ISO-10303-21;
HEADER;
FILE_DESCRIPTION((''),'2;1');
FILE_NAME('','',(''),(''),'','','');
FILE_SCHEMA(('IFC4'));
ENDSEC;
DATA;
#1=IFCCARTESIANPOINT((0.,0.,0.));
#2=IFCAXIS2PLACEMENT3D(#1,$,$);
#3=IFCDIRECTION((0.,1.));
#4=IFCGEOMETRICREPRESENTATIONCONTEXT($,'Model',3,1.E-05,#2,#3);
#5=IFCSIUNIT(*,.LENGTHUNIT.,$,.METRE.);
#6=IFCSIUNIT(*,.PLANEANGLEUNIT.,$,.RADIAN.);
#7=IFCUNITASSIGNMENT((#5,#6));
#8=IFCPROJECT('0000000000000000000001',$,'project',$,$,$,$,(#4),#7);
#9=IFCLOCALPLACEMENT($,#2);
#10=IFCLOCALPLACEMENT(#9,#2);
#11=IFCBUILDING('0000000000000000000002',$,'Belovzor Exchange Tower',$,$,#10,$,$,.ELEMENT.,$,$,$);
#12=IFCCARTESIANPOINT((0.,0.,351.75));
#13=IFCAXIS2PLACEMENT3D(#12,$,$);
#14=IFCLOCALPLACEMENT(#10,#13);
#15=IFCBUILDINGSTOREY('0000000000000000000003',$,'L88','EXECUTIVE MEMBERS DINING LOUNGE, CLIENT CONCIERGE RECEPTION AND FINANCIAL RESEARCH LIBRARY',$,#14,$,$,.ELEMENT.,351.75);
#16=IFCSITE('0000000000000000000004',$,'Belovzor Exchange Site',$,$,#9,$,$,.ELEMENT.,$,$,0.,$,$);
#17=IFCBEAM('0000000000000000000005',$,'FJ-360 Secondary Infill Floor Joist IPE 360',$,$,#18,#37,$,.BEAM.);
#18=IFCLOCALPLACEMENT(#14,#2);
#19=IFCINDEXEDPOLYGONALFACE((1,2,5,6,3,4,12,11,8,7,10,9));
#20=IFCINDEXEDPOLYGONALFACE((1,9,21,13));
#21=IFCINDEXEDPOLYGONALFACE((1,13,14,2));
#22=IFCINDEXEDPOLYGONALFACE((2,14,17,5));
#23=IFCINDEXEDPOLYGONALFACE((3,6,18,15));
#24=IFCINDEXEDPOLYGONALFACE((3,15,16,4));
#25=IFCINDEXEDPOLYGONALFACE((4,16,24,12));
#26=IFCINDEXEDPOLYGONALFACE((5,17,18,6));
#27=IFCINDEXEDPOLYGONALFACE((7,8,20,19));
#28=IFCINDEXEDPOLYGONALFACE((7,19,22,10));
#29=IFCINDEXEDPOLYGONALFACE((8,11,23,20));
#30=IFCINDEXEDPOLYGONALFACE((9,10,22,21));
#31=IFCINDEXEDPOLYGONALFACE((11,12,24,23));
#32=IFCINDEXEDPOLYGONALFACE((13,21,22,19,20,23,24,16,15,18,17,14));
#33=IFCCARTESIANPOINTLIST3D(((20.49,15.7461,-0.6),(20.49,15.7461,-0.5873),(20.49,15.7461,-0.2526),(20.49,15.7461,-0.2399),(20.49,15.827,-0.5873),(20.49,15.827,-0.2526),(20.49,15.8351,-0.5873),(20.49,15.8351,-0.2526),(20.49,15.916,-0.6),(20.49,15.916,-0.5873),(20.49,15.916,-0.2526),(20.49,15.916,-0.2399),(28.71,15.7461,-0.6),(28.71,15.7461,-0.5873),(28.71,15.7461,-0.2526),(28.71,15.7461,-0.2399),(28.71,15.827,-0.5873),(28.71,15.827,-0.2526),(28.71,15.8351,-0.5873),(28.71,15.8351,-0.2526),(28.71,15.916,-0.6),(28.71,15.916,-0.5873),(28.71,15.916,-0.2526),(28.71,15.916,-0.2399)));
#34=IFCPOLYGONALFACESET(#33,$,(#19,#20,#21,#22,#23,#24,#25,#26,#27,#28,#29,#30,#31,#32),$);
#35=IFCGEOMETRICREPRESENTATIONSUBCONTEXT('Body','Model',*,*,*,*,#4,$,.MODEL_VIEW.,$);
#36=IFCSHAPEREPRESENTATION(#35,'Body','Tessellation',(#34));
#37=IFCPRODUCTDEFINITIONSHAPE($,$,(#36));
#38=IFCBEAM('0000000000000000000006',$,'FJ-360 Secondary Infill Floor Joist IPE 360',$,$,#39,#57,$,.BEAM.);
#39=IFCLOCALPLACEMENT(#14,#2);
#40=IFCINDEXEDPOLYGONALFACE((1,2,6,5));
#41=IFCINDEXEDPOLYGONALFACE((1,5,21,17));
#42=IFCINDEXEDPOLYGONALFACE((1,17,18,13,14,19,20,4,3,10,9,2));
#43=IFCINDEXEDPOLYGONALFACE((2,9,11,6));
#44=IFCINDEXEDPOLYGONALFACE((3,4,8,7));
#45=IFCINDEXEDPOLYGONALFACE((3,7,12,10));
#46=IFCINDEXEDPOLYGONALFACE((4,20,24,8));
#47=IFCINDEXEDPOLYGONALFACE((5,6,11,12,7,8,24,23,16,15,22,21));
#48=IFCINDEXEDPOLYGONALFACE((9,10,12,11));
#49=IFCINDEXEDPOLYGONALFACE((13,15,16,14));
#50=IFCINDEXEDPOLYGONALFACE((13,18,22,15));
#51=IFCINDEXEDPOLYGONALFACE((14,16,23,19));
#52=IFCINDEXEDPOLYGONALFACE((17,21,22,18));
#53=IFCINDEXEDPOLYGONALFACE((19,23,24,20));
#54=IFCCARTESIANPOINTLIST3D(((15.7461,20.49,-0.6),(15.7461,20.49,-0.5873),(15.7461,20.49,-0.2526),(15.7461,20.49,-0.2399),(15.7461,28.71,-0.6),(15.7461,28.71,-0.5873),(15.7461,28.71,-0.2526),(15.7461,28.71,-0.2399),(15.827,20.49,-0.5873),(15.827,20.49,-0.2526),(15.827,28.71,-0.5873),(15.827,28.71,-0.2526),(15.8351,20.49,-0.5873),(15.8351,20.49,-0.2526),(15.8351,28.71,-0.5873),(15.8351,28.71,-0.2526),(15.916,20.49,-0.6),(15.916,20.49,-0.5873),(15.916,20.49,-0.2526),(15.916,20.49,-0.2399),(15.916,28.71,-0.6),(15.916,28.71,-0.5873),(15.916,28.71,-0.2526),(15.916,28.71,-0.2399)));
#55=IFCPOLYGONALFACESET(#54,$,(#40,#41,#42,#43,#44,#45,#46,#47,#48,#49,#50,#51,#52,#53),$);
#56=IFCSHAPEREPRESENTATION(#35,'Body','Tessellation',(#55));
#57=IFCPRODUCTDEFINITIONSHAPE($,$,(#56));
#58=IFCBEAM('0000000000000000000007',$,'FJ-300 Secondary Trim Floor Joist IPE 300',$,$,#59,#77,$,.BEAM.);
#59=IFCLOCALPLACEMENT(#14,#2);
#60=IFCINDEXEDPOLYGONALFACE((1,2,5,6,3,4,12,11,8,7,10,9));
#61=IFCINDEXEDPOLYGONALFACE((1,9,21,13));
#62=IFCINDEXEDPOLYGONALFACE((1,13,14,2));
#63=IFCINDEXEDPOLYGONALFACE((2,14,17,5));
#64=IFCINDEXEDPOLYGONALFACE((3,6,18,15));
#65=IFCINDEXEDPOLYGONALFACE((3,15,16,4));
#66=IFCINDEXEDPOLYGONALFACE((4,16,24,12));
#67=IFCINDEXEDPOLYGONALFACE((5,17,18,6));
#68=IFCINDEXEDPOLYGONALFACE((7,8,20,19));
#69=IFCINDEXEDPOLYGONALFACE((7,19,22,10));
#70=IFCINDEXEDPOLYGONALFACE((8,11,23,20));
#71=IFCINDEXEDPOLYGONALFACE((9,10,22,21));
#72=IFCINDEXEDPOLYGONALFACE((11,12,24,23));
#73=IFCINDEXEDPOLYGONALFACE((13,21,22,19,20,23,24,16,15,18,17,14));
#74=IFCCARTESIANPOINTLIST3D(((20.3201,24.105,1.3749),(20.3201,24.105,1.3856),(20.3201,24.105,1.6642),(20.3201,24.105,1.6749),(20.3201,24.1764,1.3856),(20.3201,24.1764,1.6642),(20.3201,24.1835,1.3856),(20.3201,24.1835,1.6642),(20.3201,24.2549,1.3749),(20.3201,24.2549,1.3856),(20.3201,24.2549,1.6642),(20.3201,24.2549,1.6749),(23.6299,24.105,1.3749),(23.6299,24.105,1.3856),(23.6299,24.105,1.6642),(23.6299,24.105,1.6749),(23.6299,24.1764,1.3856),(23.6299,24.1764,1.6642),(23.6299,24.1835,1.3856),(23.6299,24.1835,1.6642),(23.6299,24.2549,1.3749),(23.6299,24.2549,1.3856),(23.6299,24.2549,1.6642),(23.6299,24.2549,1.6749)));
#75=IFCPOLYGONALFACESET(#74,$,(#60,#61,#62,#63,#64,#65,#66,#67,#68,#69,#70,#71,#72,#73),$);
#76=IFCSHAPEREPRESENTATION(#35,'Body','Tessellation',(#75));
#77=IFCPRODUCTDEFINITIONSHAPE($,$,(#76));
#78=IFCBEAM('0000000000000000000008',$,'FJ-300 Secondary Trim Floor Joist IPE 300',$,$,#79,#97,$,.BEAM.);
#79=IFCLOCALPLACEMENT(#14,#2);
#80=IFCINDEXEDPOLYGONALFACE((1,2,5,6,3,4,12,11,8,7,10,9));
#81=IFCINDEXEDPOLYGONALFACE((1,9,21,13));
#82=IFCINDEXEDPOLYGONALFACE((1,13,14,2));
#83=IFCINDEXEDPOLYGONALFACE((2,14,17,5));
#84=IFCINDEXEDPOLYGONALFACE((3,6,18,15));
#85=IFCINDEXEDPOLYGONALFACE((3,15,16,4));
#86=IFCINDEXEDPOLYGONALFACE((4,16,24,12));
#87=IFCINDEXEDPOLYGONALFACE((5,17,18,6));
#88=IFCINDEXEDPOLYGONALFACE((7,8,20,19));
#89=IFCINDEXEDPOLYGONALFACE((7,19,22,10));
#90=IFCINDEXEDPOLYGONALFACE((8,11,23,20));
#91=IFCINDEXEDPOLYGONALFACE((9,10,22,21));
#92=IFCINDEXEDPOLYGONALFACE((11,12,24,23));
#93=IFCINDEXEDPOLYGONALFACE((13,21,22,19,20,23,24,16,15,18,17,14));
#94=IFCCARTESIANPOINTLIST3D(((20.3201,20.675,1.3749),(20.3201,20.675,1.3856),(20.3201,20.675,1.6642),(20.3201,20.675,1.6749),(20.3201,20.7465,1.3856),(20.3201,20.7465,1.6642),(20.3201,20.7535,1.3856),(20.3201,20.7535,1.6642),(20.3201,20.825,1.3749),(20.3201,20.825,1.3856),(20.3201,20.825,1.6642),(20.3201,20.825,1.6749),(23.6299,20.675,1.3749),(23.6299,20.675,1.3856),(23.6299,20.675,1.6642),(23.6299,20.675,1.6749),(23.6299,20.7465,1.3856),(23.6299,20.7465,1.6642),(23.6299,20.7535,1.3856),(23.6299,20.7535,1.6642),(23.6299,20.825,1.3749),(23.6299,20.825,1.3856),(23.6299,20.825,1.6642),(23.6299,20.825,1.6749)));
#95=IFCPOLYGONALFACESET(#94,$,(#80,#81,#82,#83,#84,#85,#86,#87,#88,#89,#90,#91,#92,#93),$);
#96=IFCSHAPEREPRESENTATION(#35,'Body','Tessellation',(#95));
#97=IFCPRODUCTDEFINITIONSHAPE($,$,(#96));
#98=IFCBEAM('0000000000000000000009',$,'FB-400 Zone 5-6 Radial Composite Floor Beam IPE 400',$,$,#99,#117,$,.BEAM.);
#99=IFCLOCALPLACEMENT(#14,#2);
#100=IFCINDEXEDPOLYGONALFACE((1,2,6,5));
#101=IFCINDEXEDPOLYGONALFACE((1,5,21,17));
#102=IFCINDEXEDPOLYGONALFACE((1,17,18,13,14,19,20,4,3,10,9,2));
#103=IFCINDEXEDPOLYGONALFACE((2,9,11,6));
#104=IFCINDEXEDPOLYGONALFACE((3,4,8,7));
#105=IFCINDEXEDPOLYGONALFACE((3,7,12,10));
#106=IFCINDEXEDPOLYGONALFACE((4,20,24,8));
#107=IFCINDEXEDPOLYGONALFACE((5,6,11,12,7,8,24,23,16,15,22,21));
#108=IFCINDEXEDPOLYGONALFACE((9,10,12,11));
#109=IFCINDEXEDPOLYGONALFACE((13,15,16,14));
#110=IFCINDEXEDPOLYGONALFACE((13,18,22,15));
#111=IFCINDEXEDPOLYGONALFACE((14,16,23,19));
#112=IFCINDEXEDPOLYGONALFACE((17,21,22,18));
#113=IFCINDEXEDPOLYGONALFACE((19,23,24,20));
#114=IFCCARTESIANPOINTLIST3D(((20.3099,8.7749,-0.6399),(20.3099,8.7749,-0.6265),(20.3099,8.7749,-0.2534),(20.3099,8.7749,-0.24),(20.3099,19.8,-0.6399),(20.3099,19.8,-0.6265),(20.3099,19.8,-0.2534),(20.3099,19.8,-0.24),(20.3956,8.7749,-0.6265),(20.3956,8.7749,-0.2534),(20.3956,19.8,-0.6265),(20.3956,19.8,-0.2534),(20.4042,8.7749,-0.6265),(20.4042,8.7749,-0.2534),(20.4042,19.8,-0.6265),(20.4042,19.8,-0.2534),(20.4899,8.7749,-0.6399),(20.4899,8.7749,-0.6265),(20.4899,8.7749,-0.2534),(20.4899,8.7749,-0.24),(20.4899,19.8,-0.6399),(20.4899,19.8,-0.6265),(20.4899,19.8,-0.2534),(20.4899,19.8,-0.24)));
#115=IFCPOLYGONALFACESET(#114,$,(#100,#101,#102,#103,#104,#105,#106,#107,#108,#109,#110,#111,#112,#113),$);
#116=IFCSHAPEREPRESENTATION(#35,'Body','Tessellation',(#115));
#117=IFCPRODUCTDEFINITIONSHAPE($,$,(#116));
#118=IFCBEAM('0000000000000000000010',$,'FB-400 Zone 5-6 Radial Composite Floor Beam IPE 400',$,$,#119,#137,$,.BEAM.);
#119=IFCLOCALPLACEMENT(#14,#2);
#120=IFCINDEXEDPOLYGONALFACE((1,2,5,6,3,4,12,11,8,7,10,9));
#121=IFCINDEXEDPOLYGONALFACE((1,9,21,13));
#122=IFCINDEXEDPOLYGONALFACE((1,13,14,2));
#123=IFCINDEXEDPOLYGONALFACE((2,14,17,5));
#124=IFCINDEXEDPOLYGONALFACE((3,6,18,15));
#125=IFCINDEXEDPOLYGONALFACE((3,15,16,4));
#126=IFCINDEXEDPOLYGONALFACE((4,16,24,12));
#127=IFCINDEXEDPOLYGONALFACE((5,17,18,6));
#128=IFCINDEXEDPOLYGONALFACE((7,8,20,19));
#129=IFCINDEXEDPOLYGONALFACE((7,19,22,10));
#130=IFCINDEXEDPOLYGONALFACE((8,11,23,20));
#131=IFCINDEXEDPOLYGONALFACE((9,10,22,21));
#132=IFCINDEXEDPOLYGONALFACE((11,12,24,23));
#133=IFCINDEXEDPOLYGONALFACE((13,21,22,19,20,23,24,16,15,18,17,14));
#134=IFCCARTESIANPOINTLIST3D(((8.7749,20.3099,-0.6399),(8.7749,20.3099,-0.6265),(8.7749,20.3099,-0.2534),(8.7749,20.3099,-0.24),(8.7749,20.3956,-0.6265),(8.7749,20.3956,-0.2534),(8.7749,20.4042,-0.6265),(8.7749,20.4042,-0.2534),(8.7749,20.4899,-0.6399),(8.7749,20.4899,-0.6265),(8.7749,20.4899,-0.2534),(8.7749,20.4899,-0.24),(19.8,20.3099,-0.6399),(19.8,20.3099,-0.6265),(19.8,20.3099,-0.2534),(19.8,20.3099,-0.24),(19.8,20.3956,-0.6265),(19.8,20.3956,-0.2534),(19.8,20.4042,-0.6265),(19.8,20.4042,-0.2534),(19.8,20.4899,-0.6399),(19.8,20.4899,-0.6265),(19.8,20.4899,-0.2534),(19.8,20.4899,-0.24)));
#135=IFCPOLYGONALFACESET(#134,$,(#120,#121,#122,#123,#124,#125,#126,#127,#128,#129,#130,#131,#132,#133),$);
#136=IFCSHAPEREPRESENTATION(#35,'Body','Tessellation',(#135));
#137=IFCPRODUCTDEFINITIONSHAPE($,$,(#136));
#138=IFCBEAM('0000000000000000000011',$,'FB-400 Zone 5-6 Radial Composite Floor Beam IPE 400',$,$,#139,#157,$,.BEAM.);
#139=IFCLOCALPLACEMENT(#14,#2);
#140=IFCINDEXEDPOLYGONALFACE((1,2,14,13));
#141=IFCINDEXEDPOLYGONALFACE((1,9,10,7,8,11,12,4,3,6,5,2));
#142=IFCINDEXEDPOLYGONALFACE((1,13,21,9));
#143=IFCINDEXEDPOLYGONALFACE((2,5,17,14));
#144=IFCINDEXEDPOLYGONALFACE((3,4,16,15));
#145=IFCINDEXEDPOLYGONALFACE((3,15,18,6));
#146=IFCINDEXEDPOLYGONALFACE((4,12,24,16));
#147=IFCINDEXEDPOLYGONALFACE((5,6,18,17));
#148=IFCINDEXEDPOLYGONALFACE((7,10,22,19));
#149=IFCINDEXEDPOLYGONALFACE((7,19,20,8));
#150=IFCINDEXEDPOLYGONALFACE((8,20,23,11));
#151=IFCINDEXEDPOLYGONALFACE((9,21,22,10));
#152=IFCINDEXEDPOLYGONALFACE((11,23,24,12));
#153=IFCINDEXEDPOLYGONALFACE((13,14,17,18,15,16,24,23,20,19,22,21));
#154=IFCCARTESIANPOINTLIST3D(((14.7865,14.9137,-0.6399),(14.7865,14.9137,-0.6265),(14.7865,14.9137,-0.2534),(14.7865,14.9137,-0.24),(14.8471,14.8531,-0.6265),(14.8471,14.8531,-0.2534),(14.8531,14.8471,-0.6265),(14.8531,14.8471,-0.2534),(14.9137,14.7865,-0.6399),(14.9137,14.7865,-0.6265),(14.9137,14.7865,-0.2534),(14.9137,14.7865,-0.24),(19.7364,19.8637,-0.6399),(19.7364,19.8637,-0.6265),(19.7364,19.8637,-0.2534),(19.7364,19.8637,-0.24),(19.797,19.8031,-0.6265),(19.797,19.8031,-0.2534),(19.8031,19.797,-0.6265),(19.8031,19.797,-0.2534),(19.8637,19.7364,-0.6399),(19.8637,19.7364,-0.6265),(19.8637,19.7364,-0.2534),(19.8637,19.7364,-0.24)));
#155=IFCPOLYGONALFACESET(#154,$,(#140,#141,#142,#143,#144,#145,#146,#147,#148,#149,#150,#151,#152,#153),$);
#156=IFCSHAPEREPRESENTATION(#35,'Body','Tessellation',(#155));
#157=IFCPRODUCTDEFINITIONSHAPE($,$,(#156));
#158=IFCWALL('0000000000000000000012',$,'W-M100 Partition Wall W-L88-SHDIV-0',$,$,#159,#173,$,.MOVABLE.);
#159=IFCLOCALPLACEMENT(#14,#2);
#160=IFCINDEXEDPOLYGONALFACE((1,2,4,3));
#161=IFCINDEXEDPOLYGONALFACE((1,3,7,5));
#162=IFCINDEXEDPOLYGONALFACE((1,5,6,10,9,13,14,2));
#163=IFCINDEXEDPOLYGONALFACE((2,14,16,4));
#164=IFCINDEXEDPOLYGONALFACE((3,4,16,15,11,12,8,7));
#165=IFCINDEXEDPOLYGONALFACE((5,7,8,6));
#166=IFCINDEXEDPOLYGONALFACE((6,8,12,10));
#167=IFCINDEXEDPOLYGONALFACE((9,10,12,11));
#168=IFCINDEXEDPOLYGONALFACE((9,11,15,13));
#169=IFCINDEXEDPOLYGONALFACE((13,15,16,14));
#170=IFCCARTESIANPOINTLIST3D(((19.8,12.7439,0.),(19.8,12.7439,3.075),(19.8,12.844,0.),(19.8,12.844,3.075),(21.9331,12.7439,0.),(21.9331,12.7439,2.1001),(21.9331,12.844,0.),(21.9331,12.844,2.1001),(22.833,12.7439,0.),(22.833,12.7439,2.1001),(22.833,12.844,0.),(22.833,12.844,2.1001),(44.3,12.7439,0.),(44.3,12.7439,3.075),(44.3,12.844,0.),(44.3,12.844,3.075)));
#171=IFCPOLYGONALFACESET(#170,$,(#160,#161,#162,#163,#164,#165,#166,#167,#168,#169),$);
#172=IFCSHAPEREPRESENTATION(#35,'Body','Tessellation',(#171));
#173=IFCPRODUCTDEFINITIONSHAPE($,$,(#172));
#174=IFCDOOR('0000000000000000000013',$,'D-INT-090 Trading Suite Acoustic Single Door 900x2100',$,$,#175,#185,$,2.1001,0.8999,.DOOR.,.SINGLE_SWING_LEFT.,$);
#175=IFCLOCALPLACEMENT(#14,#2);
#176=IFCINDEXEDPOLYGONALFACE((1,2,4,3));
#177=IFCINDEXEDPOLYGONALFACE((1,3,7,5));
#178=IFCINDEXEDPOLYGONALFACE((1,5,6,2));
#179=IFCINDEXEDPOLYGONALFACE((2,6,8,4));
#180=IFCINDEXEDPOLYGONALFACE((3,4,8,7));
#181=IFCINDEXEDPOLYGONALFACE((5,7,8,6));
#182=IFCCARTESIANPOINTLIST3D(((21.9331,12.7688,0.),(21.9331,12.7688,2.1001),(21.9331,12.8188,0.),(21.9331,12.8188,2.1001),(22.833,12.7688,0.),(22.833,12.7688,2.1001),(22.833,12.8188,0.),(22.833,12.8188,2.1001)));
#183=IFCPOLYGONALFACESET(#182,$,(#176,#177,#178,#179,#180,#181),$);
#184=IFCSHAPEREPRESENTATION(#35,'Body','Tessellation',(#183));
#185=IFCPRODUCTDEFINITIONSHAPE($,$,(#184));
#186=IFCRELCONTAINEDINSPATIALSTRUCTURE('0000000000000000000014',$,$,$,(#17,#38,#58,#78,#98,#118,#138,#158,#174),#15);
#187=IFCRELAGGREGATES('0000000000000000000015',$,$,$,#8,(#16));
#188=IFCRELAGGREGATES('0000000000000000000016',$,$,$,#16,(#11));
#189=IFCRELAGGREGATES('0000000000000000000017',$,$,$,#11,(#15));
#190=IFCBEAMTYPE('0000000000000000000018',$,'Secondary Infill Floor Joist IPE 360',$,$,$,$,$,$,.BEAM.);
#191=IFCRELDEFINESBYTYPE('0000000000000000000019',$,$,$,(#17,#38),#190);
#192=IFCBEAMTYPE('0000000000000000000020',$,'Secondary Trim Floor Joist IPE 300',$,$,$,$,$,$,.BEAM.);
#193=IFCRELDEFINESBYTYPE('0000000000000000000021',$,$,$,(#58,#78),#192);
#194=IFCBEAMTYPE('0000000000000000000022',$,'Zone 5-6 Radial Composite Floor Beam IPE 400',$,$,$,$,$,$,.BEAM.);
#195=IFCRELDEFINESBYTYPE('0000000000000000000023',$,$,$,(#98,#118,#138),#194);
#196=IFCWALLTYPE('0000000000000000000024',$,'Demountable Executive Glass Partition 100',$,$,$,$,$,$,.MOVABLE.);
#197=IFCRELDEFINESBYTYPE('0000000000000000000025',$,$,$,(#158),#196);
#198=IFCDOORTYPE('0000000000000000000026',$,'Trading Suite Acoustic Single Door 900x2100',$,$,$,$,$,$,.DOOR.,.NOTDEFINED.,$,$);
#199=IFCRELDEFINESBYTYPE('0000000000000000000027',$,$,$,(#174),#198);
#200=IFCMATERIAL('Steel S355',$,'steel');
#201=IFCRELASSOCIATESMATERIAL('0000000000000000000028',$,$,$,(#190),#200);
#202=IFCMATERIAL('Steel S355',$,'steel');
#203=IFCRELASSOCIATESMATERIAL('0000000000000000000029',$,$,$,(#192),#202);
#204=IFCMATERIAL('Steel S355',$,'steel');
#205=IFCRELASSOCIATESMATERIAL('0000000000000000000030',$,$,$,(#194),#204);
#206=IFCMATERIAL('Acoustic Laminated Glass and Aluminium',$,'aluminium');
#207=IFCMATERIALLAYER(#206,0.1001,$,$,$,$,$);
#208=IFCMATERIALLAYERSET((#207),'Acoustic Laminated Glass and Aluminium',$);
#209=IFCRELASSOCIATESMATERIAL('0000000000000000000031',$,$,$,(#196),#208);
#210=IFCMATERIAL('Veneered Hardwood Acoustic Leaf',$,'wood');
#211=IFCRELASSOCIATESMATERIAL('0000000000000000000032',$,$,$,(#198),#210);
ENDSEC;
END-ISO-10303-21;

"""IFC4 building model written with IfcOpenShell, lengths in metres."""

from ifc_helpers import new_model, si_unit, direction, frame, frame_2d, origin, origin_2d, place, context, subcontext, project, spatial, rectangle, i_section, extrude, material, layer, layer_set, material_profile, profile_set, type_object, element, fill, save


model = new_model("IFC4")

# Units and contexts
model_context = context("Model", 3, precision=1e-05, world=origin(), true_north=direction((0.0, 1.0)))
body_context = subcontext(model_context, "Body", "Model", "MODEL_VIEW")
ifc_project = project(units=[si_unit("LENGTHUNIT", "METRE"), si_unit("PLANEANGLEUNIT", "RADIAN")], contexts=[model_context])

# Site, building, storey
site_placement = place(None, origin())
site = spatial("IfcSite", under=ifc_project, at=site_placement, Name="Belovzor Exchange Site", CompositionType="ELEMENT", RefElevation=0.0)
building_placement = place(site_placement, origin())
building = spatial("IfcBuilding", under=site, at=building_placement, Name="Belovzor Exchange Tower", CompositionType="ELEMENT")
storey_placement = place(building_placement, frame((0.0, 0.0, 351.75)))
storey = spatial("IfcBuildingStorey", under=building, at=storey_placement, Name="L88", Description="EXECUTIVE MEMBERS DINING LOUNGE, CLIENT CONCIERGE RECEPTION AND FINANCIAL RESEARCH LIBRARY", CompositionType="ELEMENT", Elevation=351.75)

# Beams
ifc_material_1 = material(Name="Steel S355", Category="steel")
ifc_material_profile_1 = material_profile(ifc_material_1, i_section(OverallWidth=0.1699, OverallDepth=0.3601, WebThickness=0.0081, FlangeThickness=0.0127, at=origin_2d()))
ifc_profile_set_1 = profile_set([ifc_material_profile_1], Name="Steel S355")
beam_type_1 = type_object("IfcBeamType", Name="Secondary Infill Floor Joist IPE 360", PredefinedType="BEAM", material=ifc_profile_set_1)
for number, where, z_axis, x_axis, name in (
    (1, (20.49, 15.8311, -0.4199), (1.0, 0.0, 0.0), (0.0, 1.0, 0.0), "FJ-360 Secondary Infill Floor Joist IPE 360"),
    (2, (15.8311, 20.49, -0.4199), (0.0, 1.0, 0.0), (-1.0, 0.0, 0.0), "FJ-360 Secondary Infill Floor Joist IPE 360"),
):
    element("IfcBeam", number, at=place(storey_placement, frame(where, z_axis=z_axis, x_axis=x_axis)), inside=storey, type_object=beam_type_1, Name=name, PredefinedType="BEAM", context=body_context, shape_type="SweptSolid", body=[
        extrude(i_section(OverallWidth=0.1699, OverallDepth=0.3601, WebThickness=0.0081, FlangeThickness=0.0127, at=origin_2d()), origin(), (0.0, 0.0, 1.0), 8.22),
    ])
ifc_material_2 = material(Name="Steel S355", Category="steel")
ifc_material_profile_2 = material_profile(ifc_material_2, i_section(OverallWidth=0.1499, OverallDepth=0.3, WebThickness=0.0071, FlangeThickness=0.0107, at=origin_2d()))
ifc_profile_set_2 = profile_set([ifc_material_profile_2], Name="Steel S355")
beam_type_2 = type_object("IfcBeamType", Name="Secondary Trim Floor Joist IPE 300", PredefinedType="BEAM", material=ifc_profile_set_2)
for number, where, z_axis, x_axis, name in (
    (3, (20.3201, 24.1799, 1.5249), (1.0, 0.0, 0.0), (0.0, 1.0, 0.0), "FJ-300 Secondary Trim Floor Joist IPE 300"),
    (4, (20.3201, 20.75, 1.5249), (1.0, 0.0, 0.0), (0.0, 1.0, 0.0), "FJ-300 Secondary Trim Floor Joist IPE 300"),
):
    element("IfcBeam", number, at=place(storey_placement, frame(where, z_axis=z_axis, x_axis=x_axis)), inside=storey, type_object=beam_type_2, Name=name, PredefinedType="BEAM", context=body_context, shape_type="SweptSolid", body=[
        extrude(i_section(OverallWidth=0.1499, OverallDepth=0.3, WebThickness=0.0071, FlangeThickness=0.0107, at=origin_2d()), origin(), (0.0, 0.0, 1.0), 3.3098),
    ])
ifc_material_3 = material(Name="Steel S355", Category="steel")
ifc_material_profile_3 = material_profile(ifc_material_3, i_section(OverallWidth=0.1799, OverallDepth=0.3999, WebThickness=0.0085, FlangeThickness=0.0134, at=origin_2d()))
ifc_profile_set_3 = profile_set([ifc_material_profile_3], Name="Steel S355")
beam_type_3 = type_object("IfcBeamType", Name="Zone 5-6 Radial Composite Floor Beam IPE 400", PredefinedType="BEAM", material=ifc_profile_set_3)
for number, where, z_axis, x_axis, name in (
    (5, (20.3999, 19.8, -0.4399), (0.0, -1.0, 0.0), (1.0, 0.0, 0.0), "FB-400 Zone 5-6 Radial Composite Floor Beam IPE 400"),
    (6, (19.8, 20.3999, -0.4399), (-1.0, 0.0, 0.0), (0.0, -1.0, 0.0), "FB-400 Zone 5-6 Radial Composite Floor Beam IPE 400"),
):
    element("IfcBeam", number, at=place(storey_placement, frame(where, z_axis=z_axis, x_axis=x_axis)), inside=storey, type_object=beam_type_3, Name=name, PredefinedType="BEAM", context=body_context, shape_type="SweptSolid", body=[
        extrude(i_section(OverallWidth=0.1799, OverallDepth=0.3999, WebThickness=0.0085, FlangeThickness=0.0134, at=origin_2d()), origin(), (0.0, 0.0, 1.0), 11.0251),
    ])
beam_placement = place(storey_placement, frame((19.8, 19.8, -0.4399), z_axis=(-0.707107, -0.707107, 0.0), x_axis=(0.707107, -0.707107, 0.0)))
element("IfcBeam", 7, at=beam_placement, inside=storey, type_object=beam_type_3, Name="FB-400 Zone 5-6 Radial Composite Floor Beam IPE 400", PredefinedType="BEAM", context=body_context, shape_type="SweptSolid", body=[
    extrude(i_section(OverallWidth=0.1799, OverallDepth=0.3999, WebThickness=0.0085, FlangeThickness=0.0134, at=origin_2d()), origin(), (0.0, 0.0, 1.0), 7.0002),
])

# Wall, opening, door
ifc_material_4 = material(Name="Acoustic Laminated Glass and Aluminium", Category="aluminium")
ifc_layer_1 = layer(ifc_material_4, 0.1001)
ifc_layer_set_1 = layer_set([ifc_layer_1], Name="Acoustic Laminated Glass and Aluminium")
wall_type_1 = type_object("IfcWallType", Name="Demountable Executive Glass Partition 100", PredefinedType="MOVABLE", material=ifc_layer_set_1)
wall_1_placement = place(storey_placement, frame((19.8, 12.7939, 0.0), z_axis=(0.0, 0.0, 1.0), x_axis=(1.0, 0.0, 0.0)))
wall_1 = element("IfcWall", 8, at=wall_1_placement, inside=storey, type_object=wall_type_1, Name="W-M100 Partition Wall W-L88-SHDIV-0", PredefinedType="MOVABLE", context=body_context, shape_type="SweptSolid", body=[
    extrude(rectangle(XDim=24.5, YDim=0.1001, at=frame_2d((12.25, 0.0))), origin(), (0.0, 0.0, 1.0), 3.075),
])
opening_1_placement = place(wall_1_placement, frame((2.1331, 0.0, 0.0)))
opening_1 = element("IfcOpeningElement", 9, at=opening_1_placement, cuts=wall_1, PredefinedType="OPENING", context=body_context, shape_type="SweptSolid", body=[
    extrude(rectangle(XDim=0.8999, YDim=2.1001, at=frame_2d((0.45, 1.05))), frame((0.0, 0.0601, 0.0), z_axis=(0.0, -1.0, 0.0), x_axis=(1.0, 0.0, 0.0)), (0.0, 0.0, 1.0), 0.1201),
])
ifc_material_5 = material(Name="Veneered Hardwood Acoustic Leaf", Category="wood")
door_type_1 = type_object("IfcDoorType", Name="Trading Suite Acoustic Single Door 900x2100", OperationType="NOTDEFINED", PredefinedType="DOOR", material=ifc_material_5)
door_1_placement = place(opening_1_placement, origin())
door_1 = element("IfcDoor", 10, at=door_1_placement, inside=storey, type_object=door_type_1, Name="D-INT-090 Trading Suite Acoustic Single Door 900x2100", OperationType="SINGLE_SWING_LEFT", OverallHeight=2.1001, OverallWidth=0.8999, PredefinedType="DOOR", context=body_context, shape_type="SweptSolid", body=[
    extrude(rectangle(XDim=0.8999, YDim=2.1001, at=frame_2d((0.45, 1.05))), frame((0.0, 0.0249, 0.0), z_axis=(0.0, -1.0, 0.0), x_axis=(1.0, 0.0, 0.0)), (0.0, 0.0, 1.0), 0.05),
])
fill(opening_1, door_1)

save(model, "model.ifc")
